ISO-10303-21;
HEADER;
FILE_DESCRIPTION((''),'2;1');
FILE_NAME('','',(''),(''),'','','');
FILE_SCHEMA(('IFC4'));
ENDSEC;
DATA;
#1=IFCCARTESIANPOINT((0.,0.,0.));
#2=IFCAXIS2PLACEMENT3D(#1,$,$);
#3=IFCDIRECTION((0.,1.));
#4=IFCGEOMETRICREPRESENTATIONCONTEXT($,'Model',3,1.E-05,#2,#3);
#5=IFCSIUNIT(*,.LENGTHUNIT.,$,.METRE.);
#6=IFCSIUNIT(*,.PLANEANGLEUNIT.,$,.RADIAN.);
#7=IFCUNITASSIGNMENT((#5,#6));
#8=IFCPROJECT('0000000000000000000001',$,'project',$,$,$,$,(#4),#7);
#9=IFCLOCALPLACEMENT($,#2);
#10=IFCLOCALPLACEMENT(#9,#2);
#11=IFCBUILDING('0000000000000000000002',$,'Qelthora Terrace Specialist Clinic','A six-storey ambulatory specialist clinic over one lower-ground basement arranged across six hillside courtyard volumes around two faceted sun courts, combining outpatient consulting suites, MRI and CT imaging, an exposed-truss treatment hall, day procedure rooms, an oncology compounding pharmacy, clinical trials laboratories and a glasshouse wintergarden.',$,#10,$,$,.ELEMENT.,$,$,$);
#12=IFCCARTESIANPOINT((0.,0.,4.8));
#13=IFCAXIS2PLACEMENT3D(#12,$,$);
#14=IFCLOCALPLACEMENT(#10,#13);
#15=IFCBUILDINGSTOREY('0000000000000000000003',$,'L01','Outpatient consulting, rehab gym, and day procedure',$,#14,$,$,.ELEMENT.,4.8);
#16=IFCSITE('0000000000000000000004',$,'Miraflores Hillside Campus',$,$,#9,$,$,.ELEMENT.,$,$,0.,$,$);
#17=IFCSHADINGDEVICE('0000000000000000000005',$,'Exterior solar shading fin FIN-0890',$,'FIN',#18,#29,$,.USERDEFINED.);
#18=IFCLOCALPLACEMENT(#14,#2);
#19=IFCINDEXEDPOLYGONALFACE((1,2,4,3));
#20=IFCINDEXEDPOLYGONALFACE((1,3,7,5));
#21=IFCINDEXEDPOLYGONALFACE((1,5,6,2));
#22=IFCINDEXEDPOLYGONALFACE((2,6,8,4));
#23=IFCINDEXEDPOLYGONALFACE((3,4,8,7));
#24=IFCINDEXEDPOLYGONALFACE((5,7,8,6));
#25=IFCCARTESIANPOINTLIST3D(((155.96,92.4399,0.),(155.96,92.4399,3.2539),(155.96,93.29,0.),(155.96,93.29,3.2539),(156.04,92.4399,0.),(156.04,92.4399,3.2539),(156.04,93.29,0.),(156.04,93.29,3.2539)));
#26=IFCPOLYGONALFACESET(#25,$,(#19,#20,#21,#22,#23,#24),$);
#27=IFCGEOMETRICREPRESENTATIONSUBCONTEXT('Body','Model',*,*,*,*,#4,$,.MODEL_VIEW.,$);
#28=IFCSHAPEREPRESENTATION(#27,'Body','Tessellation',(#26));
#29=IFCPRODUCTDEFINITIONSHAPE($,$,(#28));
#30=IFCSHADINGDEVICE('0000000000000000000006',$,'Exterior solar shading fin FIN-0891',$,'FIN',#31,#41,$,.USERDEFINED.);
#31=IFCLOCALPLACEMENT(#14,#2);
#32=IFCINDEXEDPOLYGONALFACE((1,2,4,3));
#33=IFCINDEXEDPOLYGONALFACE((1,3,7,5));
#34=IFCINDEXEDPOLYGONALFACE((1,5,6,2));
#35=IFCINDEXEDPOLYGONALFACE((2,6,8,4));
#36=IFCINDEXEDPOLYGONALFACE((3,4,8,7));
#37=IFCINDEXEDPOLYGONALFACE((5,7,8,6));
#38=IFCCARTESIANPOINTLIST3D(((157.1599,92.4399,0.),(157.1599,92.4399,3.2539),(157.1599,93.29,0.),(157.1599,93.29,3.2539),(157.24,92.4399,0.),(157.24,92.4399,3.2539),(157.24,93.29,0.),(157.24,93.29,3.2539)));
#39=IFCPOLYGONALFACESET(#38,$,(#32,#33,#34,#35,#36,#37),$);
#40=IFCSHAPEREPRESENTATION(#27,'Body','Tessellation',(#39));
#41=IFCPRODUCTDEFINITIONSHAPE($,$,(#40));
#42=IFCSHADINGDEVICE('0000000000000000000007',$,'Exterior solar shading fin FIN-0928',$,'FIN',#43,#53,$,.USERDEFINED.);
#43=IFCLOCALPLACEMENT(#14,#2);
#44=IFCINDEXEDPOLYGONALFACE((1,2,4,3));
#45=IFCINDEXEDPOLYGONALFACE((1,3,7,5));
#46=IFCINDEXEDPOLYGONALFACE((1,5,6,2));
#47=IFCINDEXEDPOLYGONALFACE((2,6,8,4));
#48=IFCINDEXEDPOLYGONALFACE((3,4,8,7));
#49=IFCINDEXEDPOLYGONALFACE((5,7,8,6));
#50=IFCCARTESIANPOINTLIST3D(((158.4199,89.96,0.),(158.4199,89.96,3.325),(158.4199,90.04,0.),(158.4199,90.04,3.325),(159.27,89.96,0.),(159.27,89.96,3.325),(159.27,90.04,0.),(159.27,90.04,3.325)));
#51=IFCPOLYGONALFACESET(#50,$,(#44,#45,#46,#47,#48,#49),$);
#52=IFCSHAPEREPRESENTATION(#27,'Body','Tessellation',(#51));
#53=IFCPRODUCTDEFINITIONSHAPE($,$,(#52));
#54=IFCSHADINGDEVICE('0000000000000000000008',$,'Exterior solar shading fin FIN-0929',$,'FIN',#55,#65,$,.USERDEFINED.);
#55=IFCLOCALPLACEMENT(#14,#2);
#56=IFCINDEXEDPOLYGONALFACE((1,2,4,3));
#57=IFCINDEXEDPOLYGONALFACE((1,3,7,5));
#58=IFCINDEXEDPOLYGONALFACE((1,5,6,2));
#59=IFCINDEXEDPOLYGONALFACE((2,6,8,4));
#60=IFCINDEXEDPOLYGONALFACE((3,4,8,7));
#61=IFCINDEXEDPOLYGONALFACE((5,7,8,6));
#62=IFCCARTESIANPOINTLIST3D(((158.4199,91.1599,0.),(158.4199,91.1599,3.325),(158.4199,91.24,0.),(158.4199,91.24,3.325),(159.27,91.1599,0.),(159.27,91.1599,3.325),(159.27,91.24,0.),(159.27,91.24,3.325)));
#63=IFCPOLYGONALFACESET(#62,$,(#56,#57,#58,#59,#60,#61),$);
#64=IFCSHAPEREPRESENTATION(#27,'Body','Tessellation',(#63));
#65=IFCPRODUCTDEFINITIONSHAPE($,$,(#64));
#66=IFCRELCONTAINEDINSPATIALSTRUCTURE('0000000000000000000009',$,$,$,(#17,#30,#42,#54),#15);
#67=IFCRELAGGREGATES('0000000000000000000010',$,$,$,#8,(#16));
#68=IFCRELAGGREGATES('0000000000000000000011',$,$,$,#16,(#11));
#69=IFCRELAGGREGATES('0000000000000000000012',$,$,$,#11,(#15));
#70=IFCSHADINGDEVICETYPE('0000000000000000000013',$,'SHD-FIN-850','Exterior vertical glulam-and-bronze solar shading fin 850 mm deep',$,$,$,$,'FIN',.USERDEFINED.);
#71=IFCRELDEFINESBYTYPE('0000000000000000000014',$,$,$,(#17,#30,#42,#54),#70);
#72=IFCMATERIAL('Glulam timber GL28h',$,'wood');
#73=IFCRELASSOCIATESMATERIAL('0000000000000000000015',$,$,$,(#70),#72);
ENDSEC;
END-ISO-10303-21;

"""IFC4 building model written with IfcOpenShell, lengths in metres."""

from ifc_helpers import new_model, si_unit, direction, frame, origin, origin_2d, place, context, subcontext, project, spatial, rectangle, extrude, material, type_object, element, save


model = new_model("IFC4")

# Units and contexts
model_context = context("Model", 3, precision=1e-05, world=origin(), true_north=direction((0.0, 1.0)))
body_context = subcontext(model_context, "Body", "Model", "MODEL_VIEW")
ifc_project = project(units=[si_unit("LENGTHUNIT", "METRE"), si_unit("PLANEANGLEUNIT", "RADIAN")], contexts=[model_context])

# Site, building, storey
site_placement = place(None, origin())
site = spatial("IfcSite", under=ifc_project, at=site_placement, Name="Miraflores Hillside Campus", CompositionType="ELEMENT", RefElevation=0.0)
building_placement = place(site_placement, origin())
building = spatial("IfcBuilding", under=site, at=building_placement, Name="Qelthora Terrace Specialist Clinic", Description="A six-storey ambulatory specialist clinic over one lower-ground basement arranged across six hillside courtyard volumes around two faceted sun courts, combining outpatient consulting suites, MRI and CT imaging, an exposed-truss treatment hall, day procedure rooms, an oncology compounding pharmacy, clinical trials laboratories and a glasshouse wintergarden.", CompositionType="ELEMENT")
storey_placement = place(building_placement, frame((0.0, 0.0, 4.8)))
storey = spatial("IfcBuildingStorey", under=building, at=storey_placement, Name="L01", Description="Outpatient consulting, rehab gym, and day procedure", CompositionType="ELEMENT", Elevation=4.8)

# Shading devices
ifc_material_1 = material(Name="Glulam timber GL28h", Category="wood")
shading_device_type = type_object("IfcShadingDeviceType", Name="SHD-FIN-850", Description="Exterior vertical glulam-and-bronze solar shading fin 850 mm deep", ElementType="FIN", PredefinedType="USERDEFINED", material=ifc_material_1)
for number, where, z_axis, x_axis, name in (
    (1, (156.0, 92.865, 0.0), (0.0, 0.0, 1.0), (0.0, 1.0, 0.0), "Exterior solar shading fin FIN-0890"),
    (2, (157.2, 92.865, 0.0), (0.0, 0.0, 1.0), (0.0, 1.0, 0.0), "Exterior solar shading fin FIN-0891"),
):
    element("IfcShadingDevice", number, at=place(storey_placement, frame(where, z_axis=z_axis, x_axis=x_axis)), inside=storey, type_object=shading_device_type, Name=name, ObjectType="FIN", PredefinedType="USERDEFINED", context=body_context, shape_type="SweptSolid", body=[
        extrude(rectangle(XDim=0.8501, YDim=0.0801, at=origin_2d()), origin(), (0.0, 0.0, 1.0), 3.2539),
    ])
for number, where, z_axis, x_axis, name in (
    (3, (158.845, 90.0, 0.0), (0.0, 0.0, 1.0), (1.0, 0.0, 0.0), "Exterior solar shading fin FIN-0928"),
    (4, (158.845, 91.2, 0.0), (0.0, 0.0, 1.0), (1.0, 0.0, 0.0), "Exterior solar shading fin FIN-0929"),
):
    element("IfcShadingDevice", number, at=place(storey_placement, frame(where, z_axis=z_axis, x_axis=x_axis)), inside=storey, type_object=shading_device_type, Name=name, ObjectType="FIN", PredefinedType="USERDEFINED", context=body_context, shape_type="SweptSolid", body=[
        extrude(rectangle(XDim=0.8501, YDim=0.0801, at=origin_2d()), origin(), (0.0, 0.0, 1.0), 3.325),
    ])

save(model, "model.ifc")
